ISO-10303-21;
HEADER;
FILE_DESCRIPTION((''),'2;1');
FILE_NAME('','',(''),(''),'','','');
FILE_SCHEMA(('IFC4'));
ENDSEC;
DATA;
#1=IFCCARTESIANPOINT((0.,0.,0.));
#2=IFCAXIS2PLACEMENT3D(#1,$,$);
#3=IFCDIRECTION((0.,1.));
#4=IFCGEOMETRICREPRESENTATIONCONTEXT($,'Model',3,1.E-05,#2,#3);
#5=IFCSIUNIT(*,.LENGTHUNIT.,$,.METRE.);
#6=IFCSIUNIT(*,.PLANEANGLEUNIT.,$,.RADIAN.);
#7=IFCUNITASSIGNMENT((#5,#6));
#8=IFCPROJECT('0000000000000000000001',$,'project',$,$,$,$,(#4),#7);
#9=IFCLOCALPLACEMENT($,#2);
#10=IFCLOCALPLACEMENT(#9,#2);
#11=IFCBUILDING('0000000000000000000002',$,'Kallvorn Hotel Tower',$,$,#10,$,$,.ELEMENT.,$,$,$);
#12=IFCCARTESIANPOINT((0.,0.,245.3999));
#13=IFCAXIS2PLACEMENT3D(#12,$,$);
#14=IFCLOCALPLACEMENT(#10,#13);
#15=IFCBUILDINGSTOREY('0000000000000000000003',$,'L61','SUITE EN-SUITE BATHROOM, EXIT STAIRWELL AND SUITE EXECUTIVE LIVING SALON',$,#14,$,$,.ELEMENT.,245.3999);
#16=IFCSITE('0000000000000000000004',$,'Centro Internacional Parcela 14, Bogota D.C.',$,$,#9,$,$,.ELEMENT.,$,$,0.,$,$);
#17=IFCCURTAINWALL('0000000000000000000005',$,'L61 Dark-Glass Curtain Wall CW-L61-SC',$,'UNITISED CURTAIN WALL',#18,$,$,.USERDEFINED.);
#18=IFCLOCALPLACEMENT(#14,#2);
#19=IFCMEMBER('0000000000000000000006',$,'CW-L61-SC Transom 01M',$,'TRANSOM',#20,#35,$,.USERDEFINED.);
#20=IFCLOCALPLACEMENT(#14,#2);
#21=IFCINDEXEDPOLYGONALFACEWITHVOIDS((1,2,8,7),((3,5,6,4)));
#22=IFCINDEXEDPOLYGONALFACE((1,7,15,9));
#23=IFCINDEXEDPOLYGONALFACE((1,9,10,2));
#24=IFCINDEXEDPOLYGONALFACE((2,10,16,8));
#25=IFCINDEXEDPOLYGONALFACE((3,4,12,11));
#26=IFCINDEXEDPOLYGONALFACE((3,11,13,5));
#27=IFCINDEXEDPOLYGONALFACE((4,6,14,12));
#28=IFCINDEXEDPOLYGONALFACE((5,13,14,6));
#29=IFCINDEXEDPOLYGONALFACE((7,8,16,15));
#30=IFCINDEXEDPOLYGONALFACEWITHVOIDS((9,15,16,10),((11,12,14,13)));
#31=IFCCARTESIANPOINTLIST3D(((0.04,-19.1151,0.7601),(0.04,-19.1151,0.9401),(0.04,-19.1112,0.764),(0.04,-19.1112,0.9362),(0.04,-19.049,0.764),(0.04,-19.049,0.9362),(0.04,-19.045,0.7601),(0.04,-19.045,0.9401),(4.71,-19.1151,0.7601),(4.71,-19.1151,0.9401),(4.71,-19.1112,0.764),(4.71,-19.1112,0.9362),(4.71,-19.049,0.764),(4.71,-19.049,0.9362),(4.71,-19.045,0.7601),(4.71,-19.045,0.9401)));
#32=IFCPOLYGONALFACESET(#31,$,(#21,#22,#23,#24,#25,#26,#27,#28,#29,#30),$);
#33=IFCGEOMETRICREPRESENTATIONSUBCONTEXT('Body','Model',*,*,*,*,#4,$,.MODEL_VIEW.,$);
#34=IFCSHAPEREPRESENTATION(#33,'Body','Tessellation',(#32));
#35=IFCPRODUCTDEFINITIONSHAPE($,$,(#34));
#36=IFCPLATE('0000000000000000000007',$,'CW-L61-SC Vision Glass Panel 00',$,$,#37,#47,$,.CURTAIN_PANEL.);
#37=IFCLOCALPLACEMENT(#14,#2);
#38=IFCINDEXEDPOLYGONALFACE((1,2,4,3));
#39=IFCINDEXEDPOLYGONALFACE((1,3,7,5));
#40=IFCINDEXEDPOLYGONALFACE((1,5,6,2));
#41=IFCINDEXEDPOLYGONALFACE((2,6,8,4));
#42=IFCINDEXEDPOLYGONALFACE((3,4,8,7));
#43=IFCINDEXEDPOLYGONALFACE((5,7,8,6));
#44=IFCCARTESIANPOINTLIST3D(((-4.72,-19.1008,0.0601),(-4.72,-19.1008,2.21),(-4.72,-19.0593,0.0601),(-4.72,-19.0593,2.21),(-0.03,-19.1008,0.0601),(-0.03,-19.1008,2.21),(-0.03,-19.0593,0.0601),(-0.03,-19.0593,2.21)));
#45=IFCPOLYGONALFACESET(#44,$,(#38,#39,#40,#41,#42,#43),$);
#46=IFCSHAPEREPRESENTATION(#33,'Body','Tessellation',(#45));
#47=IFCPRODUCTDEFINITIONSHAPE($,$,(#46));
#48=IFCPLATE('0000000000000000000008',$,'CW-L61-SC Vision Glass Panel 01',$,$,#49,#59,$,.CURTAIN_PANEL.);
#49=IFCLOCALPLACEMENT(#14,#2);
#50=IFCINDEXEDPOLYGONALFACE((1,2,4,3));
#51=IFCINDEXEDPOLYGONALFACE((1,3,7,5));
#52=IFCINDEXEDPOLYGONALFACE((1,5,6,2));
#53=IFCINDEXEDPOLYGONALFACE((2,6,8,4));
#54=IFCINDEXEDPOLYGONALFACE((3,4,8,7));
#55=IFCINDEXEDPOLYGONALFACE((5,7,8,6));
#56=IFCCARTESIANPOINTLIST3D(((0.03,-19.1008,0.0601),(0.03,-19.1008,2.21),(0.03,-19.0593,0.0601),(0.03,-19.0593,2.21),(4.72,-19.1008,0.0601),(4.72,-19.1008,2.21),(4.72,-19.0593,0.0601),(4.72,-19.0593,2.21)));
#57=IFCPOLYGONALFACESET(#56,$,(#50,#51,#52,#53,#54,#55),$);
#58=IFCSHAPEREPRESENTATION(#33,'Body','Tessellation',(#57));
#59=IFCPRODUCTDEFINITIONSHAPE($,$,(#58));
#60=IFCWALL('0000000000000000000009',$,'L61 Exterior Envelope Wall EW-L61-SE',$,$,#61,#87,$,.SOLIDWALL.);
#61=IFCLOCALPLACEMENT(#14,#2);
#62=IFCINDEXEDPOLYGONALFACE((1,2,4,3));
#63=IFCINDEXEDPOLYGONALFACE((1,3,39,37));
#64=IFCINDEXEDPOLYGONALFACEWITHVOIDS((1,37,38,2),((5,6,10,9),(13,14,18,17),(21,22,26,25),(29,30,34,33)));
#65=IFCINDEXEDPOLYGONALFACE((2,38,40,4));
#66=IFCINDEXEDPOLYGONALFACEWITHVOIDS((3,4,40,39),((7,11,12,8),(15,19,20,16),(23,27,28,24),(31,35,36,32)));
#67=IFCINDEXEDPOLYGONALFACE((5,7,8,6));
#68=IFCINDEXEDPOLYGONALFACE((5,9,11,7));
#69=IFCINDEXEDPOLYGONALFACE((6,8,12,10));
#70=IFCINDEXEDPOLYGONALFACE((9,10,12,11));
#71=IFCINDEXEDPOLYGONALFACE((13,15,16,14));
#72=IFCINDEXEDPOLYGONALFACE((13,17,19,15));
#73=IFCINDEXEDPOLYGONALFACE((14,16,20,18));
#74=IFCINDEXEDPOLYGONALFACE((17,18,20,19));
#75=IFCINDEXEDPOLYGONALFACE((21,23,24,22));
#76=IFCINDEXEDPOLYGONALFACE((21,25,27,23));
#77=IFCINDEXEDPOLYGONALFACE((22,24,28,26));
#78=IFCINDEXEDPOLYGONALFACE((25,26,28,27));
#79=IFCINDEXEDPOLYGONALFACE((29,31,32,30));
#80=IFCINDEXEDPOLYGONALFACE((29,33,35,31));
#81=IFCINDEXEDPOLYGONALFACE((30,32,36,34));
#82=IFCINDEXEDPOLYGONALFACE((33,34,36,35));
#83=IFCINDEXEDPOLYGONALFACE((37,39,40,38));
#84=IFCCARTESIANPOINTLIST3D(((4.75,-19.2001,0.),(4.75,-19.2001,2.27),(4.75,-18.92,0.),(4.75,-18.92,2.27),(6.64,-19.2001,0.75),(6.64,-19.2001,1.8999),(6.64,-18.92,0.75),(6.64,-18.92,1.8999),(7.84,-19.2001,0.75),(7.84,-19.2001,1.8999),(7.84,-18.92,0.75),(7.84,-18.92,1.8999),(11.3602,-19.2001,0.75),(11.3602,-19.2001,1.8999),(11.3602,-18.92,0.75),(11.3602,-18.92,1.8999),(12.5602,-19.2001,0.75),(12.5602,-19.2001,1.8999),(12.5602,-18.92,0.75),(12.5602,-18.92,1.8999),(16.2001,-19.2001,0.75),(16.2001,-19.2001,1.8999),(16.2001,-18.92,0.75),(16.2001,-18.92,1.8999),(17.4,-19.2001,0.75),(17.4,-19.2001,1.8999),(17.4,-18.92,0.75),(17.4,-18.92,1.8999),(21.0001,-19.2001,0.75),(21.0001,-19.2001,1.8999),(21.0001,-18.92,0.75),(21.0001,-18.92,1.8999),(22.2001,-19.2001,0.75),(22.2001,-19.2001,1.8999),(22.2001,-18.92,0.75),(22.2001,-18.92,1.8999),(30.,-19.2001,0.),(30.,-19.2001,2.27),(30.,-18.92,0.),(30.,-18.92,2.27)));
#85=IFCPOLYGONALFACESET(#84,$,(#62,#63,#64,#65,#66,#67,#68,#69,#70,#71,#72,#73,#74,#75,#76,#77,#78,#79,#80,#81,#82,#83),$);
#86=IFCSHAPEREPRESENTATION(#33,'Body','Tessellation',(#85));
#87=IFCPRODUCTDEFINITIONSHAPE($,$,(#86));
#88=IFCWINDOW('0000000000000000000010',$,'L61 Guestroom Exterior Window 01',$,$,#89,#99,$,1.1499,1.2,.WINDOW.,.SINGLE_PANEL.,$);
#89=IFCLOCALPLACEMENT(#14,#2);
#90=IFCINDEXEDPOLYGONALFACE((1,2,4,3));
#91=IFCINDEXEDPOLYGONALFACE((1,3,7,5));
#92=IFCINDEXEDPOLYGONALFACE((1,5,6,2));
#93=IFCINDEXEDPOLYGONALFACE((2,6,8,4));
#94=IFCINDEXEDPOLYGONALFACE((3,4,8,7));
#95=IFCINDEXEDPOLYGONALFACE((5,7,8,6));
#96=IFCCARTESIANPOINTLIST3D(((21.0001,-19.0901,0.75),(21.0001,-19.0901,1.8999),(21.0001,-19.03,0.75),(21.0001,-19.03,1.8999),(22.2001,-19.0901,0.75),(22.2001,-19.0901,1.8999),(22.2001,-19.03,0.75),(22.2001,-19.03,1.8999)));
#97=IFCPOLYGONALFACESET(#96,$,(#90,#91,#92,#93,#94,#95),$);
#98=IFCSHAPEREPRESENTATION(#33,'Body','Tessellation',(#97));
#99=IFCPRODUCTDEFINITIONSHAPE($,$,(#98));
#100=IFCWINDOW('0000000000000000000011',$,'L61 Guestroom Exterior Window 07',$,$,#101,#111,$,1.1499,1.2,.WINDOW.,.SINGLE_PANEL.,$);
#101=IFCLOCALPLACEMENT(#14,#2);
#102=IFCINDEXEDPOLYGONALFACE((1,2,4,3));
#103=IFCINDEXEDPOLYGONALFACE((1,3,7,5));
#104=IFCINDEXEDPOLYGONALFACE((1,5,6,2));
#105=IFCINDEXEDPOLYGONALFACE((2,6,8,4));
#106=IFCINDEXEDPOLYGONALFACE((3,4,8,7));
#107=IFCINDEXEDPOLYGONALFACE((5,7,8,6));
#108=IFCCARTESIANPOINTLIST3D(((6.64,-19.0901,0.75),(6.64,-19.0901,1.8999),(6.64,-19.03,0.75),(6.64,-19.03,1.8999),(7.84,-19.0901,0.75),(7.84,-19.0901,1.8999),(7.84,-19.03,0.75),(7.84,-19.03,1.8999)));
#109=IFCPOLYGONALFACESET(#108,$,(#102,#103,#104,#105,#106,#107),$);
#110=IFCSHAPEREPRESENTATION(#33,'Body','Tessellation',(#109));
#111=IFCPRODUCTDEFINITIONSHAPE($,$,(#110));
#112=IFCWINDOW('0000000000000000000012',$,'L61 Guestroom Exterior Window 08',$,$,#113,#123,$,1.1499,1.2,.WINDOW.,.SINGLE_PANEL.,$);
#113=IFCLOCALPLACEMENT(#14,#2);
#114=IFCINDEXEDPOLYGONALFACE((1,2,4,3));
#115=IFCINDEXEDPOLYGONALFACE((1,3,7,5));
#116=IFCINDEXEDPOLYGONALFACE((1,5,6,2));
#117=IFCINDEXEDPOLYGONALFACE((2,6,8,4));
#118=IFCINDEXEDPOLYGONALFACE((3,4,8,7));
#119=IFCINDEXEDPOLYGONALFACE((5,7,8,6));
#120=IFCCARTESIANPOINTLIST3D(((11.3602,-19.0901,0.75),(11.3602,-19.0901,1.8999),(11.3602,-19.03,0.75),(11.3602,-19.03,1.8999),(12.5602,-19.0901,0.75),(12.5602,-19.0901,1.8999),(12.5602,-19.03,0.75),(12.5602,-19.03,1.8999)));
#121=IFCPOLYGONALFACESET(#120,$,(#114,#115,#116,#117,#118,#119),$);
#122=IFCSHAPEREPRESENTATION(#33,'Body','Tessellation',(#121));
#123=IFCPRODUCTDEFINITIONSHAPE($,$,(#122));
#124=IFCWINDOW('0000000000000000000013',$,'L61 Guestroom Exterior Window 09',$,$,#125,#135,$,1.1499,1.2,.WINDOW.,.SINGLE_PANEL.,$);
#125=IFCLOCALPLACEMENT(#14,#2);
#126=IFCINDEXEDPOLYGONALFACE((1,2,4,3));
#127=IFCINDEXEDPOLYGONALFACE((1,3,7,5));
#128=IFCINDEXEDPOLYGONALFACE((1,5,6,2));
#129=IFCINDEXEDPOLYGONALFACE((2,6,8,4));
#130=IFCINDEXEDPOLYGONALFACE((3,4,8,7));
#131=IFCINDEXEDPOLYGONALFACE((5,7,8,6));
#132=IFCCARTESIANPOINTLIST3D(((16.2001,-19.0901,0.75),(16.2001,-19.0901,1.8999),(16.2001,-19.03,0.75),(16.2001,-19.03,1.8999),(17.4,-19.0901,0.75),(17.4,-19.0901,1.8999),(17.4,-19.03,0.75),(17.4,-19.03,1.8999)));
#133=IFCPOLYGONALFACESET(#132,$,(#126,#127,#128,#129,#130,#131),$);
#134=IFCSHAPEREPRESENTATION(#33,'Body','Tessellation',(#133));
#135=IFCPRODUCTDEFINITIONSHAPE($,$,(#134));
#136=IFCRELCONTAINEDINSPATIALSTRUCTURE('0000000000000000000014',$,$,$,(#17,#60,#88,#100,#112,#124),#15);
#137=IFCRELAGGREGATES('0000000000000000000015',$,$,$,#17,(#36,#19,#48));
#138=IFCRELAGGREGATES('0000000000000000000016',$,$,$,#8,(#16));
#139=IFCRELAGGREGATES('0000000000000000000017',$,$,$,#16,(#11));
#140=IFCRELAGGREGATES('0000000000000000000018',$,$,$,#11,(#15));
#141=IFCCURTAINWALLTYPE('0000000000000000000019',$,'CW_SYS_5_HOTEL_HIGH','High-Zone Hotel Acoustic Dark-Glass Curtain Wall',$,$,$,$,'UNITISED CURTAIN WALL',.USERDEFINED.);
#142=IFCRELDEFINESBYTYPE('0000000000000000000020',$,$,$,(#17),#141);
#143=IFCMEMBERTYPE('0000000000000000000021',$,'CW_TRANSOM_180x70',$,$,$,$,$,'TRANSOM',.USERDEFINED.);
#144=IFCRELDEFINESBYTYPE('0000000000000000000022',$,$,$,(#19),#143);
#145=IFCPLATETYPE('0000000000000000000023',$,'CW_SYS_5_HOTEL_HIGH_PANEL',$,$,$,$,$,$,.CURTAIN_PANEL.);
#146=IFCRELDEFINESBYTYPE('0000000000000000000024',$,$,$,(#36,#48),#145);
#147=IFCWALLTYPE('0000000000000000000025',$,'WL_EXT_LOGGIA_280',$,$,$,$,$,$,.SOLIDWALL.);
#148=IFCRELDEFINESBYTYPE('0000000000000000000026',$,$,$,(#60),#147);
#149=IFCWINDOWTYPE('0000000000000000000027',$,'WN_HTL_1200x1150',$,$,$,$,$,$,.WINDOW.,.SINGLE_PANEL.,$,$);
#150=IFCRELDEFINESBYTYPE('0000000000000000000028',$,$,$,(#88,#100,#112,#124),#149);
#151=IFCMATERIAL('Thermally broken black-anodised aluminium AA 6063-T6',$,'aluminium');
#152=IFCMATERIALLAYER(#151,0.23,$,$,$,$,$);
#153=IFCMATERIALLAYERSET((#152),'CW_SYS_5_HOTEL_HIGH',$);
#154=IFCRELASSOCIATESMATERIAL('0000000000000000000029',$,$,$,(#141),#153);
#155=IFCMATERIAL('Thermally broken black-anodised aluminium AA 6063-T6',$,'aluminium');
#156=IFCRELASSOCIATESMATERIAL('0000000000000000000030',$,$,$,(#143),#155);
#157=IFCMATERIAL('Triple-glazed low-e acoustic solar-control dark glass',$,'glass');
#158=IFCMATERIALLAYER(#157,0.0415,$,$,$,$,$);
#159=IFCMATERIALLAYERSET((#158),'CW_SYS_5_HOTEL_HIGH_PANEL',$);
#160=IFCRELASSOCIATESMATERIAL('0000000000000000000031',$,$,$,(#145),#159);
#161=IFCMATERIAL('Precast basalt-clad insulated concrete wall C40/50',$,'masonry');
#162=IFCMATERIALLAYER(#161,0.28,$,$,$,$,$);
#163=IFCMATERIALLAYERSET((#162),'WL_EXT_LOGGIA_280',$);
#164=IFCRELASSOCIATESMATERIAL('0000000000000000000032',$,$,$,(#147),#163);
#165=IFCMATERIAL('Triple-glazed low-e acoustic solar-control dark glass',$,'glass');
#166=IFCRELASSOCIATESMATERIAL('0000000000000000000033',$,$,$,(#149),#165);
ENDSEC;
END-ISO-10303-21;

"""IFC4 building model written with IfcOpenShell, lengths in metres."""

from ifc_helpers import new_model, si_unit, direction, frame, frame_2d, origin, origin_2d, place, context, subcontext, project, spatial, rectangle, hollow_rectangle, extrude, material, layer, layer_set, material_profile, profile_set, type_object, element, fill, aggregate, save


model = new_model("IFC4")

# Units and contexts
model_context = context("Model", 3, precision=1e-05, world=origin(), true_north=direction((0.0, 1.0)))
body_context = subcontext(model_context, "Body", "Model", "MODEL_VIEW")
ifc_project = project(units=[si_unit("LENGTHUNIT", "METRE"), si_unit("PLANEANGLEUNIT", "RADIAN")], contexts=[model_context])

# Site, building, storey
site_placement = place(None, origin())
site = spatial("IfcSite", under=ifc_project, at=site_placement, Name="Centro Internacional Parcela 14, Bogota D.C.", CompositionType="ELEMENT", RefElevation=0.0)
building_placement = place(site_placement, origin())
building = spatial("IfcBuilding", under=site, at=building_placement, Name="Kallvorn Hotel Tower", CompositionType="ELEMENT")
storey_placement = place(building_placement, frame((0.0, 0.0, 245.3999)))
storey = spatial("IfcBuildingStorey", under=building, at=storey_placement, Name="L61", Description="SUITE EN-SUITE BATHROOM, EXIT STAIRWELL AND SUITE EXECUTIVE LIVING SALON", CompositionType="ELEMENT", Elevation=245.3999)

# Curtain wall, member, plates
ifc_material_1 = material(Name="Thermally broken black-anodised aluminium AA 6063-T6", Category="aluminium")
ifc_layer_1 = layer(ifc_material_1, 0.23)
ifc_layer_set_1 = layer_set([ifc_layer_1], Name="CW_SYS_5_HOTEL_HIGH")
curtain_wall_type = type_object("IfcCurtainWallType", Name="CW_SYS_5_HOTEL_HIGH", Description="High-Zone Hotel Acoustic Dark-Glass Curtain Wall", ElementType="UNITISED CURTAIN WALL", PredefinedType="USERDEFINED", material=ifc_layer_set_1)
curtain_wall_placement = place(storey_placement, origin())
curtain_wall = element("IfcCurtainWall", 1, at=curtain_wall_placement, inside=storey, type_object=curtain_wall_type, Name="L61 Dark-Glass Curtain Wall CW-L61-SC", ObjectType="UNITISED CURTAIN WALL", PredefinedType="USERDEFINED")
ifc_material_2 = material(Name="Thermally broken black-anodised aluminium AA 6063-T6", Category="aluminium")
ifc_material_profile_1 = material_profile(ifc_material_2, hollow_rectangle(XDim=0.0701, YDim=0.1799, WallThickness=0.0039, at=origin_2d()), Name="TRN 180x70")
ifc_profile_set_1 = profile_set([ifc_material_profile_1], Name="Thermally broken black-anodised aluminium AA 6063-T6")
member_type_1 = type_object("IfcMemberType", Name="CW_TRANSOM_180x70", ElementType="TRANSOM", PredefinedType="USERDEFINED", material=ifc_profile_set_1)
member_1_placement = place(storey_placement, frame((0.04, -19.0801, 0.8501), z_axis=(1.0, 0.0, 0.0), x_axis=(0.0, 1.0, 0.0)))
member_1 = element("IfcMember", 2, at=member_1_placement, type_object=member_type_1, Name="CW-L61-SC Transom 01M", ObjectType="TRANSOM", PredefinedType="USERDEFINED", context=body_context, shape_type="SweptSolid", body=[
    extrude(hollow_rectangle(XDim=0.0701, YDim=0.1799, WallThickness=0.0039, at=origin_2d()), origin(), (0.0, 0.0, 1.0), 4.6699),
])
ifc_material_3 = material(Name="Triple-glazed low-e acoustic solar-control dark glass", Category="glass")
ifc_layer_2 = layer(ifc_material_3, 0.0415)
ifc_layer_set_2 = layer_set([ifc_layer_2], Name="CW_SYS_5_HOTEL_HIGH_PANEL")
plate_type = type_object("IfcPlateType", Name="CW_SYS_5_HOTEL_HIGH_PANEL", PredefinedType="CURTAIN_PANEL", material=ifc_layer_set_2)
plate_1_placement = place(storey_placement, frame((-2.375, -19.0801, 0.0601), z_axis=(0.0, 0.0, 1.0), x_axis=(1.0, 0.0, 0.0)))
plate_1 = element("IfcPlate", 3, at=plate_1_placement, type_object=plate_type, Name="CW-L61-SC Vision Glass Panel 00", PredefinedType="CURTAIN_PANEL", context=body_context, shape_type="SweptSolid", body=[
    extrude(rectangle(XDim=4.6899, YDim=0.0415, at=origin_2d()), origin(), (0.0, 0.0, 1.0), 2.1499),
])
plate_2_placement = place(storey_placement, frame((2.375, -19.0801, 0.0601), z_axis=(0.0, 0.0, 1.0), x_axis=(1.0, 0.0, 0.0)))
plate_2 = element("IfcPlate", 4, at=plate_2_placement, type_object=plate_type, Name="CW-L61-SC Vision Glass Panel 01", PredefinedType="CURTAIN_PANEL", context=body_context, shape_type="SweptSolid", body=[
    extrude(rectangle(XDim=4.6899, YDim=0.0415, at=origin_2d()), origin(), (0.0, 0.0, 1.0), 2.1499),
])
aggregate(curtain_wall, [plate_1, member_1, plate_2])

# Wall, openings, windows
ifc_material_4 = material(Name="Precast basalt-clad insulated concrete wall C40/50", Category="masonry")
ifc_layer_3 = layer(ifc_material_4, 0.28)
ifc_layer_set_3 = layer_set([ifc_layer_3], Name="WL_EXT_LOGGIA_280")
wall_type = type_object("IfcWallType", Name="WL_EXT_LOGGIA_280", PredefinedType="SOLIDWALL", material=ifc_layer_set_3)
wall_placement = place(storey_placement, frame((4.75, -19.0601, 0.0), z_axis=(0.0, 0.0, 1.0), x_axis=(1.0, 0.0, 0.0)))
wall = element("IfcWall", 5, at=wall_placement, inside=storey, type_object=wall_type, Name="L61 Exterior Envelope Wall EW-L61-SE", PredefinedType="SOLIDWALL", context=body_context, shape_type="SweptSolid", body=[
    extrude(rectangle(XDim=25.25, YDim=0.28, at=frame_2d((12.625, 0.0))), origin(), (0.0, 0.0, 1.0), 2.27),
])
opening_1_placement = place(wall_placement, frame((16.25, 0.0, 0.75)))
opening_1 = element("IfcOpeningElement", 6, at=opening_1_placement, cuts=wall, PredefinedType="OPENING", context=body_context, shape_type="SweptSolid", body=[
    extrude(rectangle(XDim=1.2, YDim=1.1499, at=frame_2d((0.6001, 0.575))), frame((0.0, 0.155, 0.0), z_axis=(0.0, -1.0, 0.0), x_axis=(1.0, 0.0, 0.0)), (0.0, 0.0, 1.0), 0.3101),
])
opening_2_placement = place(wall_placement, frame((1.8899, 0.0, 0.75)))
opening_2 = element("IfcOpeningElement", 7, at=opening_2_placement, cuts=wall, PredefinedType="OPENING", context=body_context, shape_type="SweptSolid", body=[
    extrude(rectangle(XDim=1.2, YDim=1.1499, at=frame_2d((0.6001, 0.575))), frame((0.0, 0.155, 0.0), z_axis=(0.0, -1.0, 0.0), x_axis=(1.0, 0.0, 0.0)), (0.0, 0.0, 1.0), 0.3101),
])
opening_3_placement = place(wall_placement, frame((6.6101, 0.0, 0.75)))
opening_3 = element("IfcOpeningElement", 8, at=opening_3_placement, cuts=wall, PredefinedType="OPENING", context=body_context, shape_type="SweptSolid", body=[
    extrude(rectangle(XDim=1.2, YDim=1.1499, at=frame_2d((0.6001, 0.575))), frame((0.0, 0.155, 0.0), z_axis=(0.0, -1.0, 0.0), x_axis=(1.0, 0.0, 0.0)), (0.0, 0.0, 1.0), 0.3101),
])
opening_4_placement = place(wall_placement, frame((11.45, 0.0, 0.75)))
opening_4 = element("IfcOpeningElement", 9, at=opening_4_placement, cuts=wall, PredefinedType="OPENING", context=body_context, shape_type="SweptSolid", body=[
    extrude(rectangle(XDim=1.2, YDim=1.1499, at=frame_2d((0.6001, 0.575))), frame((0.0, 0.155, 0.0), z_axis=(0.0, -1.0, 0.0), x_axis=(1.0, 0.0, 0.0)), (0.0, 0.0, 1.0), 0.3101),
])
ifc_material_5 = material(Name="Triple-glazed low-e acoustic solar-control dark glass", Category="glass")
window_type = type_object("IfcWindowType", Name="WN_HTL_1200x1150", PartitioningType="SINGLE_PANEL", PredefinedType="WINDOW", material=ifc_material_5)
window_1_placement = place(opening_1_placement, origin())
window_1 = element("IfcWindow", 10, at=window_1_placement, inside=storey, type_object=window_type, Name="L61 Guestroom Exterior Window 01", OverallHeight=1.1499, OverallWidth=1.2, PartitioningType="SINGLE_PANEL", PredefinedType="WINDOW", context=body_context, shape_type="SweptSolid", body=[
    extrude(rectangle(XDim=1.2, YDim=1.1499, at=frame_2d((0.6001, 0.575))), frame((0.0, 0.03, 0.0), z_axis=(0.0, -1.0, 0.0), x_axis=(1.0, 0.0, 0.0)), (0.0, 0.0, 1.0), 0.0601),
])
fill(opening_1, window_1)
window_2_placement = place(opening_2_placement, origin())
window_2 = element("IfcWindow", 11, at=window_2_placement, inside=storey, type_object=window_type, Name="L61 Guestroom Exterior Window 07", OverallHeight=1.1499, OverallWidth=1.2, PartitioningType="SINGLE_PANEL", PredefinedType="WINDOW", context=body_context, shape_type="SweptSolid", body=[
    extrude(rectangle(XDim=1.2, YDim=1.1499, at=frame_2d((0.6001, 0.575))), frame((0.0, 0.03, 0.0), z_axis=(0.0, -1.0, 0.0), x_axis=(1.0, 0.0, 0.0)), (0.0, 0.0, 1.0), 0.0601),
])
fill(opening_2, window_2)
window_3_placement = place(opening_3_placement, origin())
window_3 = element("IfcWindow", 12, at=window_3_placement, inside=storey, type_object=window_type, Name="L61 Guestroom Exterior Window 08", OverallHeight=1.1499, OverallWidth=1.2, PartitioningType="SINGLE_PANEL", PredefinedType="WINDOW", context=body_context, shape_type="SweptSolid", body=[
    extrude(rectangle(XDim=1.2, YDim=1.1499, at=frame_2d((0.6001, 0.575))), frame((0.0, 0.03, 0.0), z_axis=(0.0, -1.0, 0.0), x_axis=(1.0, 0.0, 0.0)), (0.0, 0.0, 1.0), 0.0601),
])
fill(opening_3, window_3)
window_4_placement = place(opening_4_placement, origin())
window_4 = element("IfcWindow", 13, at=window_4_placement, inside=storey, type_object=window_type, Name="L61 Guestroom Exterior Window 09", OverallHeight=1.1499, OverallWidth=1.2, PartitioningType="SINGLE_PANEL", PredefinedType="WINDOW", context=body_context, shape_type="SweptSolid", body=[
    extrude(rectangle(XDim=1.2, YDim=1.1499, at=frame_2d((0.6001, 0.575))), frame((0.0, 0.03, 0.0), z_axis=(0.0, -1.0, 0.0), x_axis=(1.0, 0.0, 0.0)), (0.0, 0.0, 1.0), 0.0601),
])
fill(opening_4, window_4)

save(model, "model.ifc")
